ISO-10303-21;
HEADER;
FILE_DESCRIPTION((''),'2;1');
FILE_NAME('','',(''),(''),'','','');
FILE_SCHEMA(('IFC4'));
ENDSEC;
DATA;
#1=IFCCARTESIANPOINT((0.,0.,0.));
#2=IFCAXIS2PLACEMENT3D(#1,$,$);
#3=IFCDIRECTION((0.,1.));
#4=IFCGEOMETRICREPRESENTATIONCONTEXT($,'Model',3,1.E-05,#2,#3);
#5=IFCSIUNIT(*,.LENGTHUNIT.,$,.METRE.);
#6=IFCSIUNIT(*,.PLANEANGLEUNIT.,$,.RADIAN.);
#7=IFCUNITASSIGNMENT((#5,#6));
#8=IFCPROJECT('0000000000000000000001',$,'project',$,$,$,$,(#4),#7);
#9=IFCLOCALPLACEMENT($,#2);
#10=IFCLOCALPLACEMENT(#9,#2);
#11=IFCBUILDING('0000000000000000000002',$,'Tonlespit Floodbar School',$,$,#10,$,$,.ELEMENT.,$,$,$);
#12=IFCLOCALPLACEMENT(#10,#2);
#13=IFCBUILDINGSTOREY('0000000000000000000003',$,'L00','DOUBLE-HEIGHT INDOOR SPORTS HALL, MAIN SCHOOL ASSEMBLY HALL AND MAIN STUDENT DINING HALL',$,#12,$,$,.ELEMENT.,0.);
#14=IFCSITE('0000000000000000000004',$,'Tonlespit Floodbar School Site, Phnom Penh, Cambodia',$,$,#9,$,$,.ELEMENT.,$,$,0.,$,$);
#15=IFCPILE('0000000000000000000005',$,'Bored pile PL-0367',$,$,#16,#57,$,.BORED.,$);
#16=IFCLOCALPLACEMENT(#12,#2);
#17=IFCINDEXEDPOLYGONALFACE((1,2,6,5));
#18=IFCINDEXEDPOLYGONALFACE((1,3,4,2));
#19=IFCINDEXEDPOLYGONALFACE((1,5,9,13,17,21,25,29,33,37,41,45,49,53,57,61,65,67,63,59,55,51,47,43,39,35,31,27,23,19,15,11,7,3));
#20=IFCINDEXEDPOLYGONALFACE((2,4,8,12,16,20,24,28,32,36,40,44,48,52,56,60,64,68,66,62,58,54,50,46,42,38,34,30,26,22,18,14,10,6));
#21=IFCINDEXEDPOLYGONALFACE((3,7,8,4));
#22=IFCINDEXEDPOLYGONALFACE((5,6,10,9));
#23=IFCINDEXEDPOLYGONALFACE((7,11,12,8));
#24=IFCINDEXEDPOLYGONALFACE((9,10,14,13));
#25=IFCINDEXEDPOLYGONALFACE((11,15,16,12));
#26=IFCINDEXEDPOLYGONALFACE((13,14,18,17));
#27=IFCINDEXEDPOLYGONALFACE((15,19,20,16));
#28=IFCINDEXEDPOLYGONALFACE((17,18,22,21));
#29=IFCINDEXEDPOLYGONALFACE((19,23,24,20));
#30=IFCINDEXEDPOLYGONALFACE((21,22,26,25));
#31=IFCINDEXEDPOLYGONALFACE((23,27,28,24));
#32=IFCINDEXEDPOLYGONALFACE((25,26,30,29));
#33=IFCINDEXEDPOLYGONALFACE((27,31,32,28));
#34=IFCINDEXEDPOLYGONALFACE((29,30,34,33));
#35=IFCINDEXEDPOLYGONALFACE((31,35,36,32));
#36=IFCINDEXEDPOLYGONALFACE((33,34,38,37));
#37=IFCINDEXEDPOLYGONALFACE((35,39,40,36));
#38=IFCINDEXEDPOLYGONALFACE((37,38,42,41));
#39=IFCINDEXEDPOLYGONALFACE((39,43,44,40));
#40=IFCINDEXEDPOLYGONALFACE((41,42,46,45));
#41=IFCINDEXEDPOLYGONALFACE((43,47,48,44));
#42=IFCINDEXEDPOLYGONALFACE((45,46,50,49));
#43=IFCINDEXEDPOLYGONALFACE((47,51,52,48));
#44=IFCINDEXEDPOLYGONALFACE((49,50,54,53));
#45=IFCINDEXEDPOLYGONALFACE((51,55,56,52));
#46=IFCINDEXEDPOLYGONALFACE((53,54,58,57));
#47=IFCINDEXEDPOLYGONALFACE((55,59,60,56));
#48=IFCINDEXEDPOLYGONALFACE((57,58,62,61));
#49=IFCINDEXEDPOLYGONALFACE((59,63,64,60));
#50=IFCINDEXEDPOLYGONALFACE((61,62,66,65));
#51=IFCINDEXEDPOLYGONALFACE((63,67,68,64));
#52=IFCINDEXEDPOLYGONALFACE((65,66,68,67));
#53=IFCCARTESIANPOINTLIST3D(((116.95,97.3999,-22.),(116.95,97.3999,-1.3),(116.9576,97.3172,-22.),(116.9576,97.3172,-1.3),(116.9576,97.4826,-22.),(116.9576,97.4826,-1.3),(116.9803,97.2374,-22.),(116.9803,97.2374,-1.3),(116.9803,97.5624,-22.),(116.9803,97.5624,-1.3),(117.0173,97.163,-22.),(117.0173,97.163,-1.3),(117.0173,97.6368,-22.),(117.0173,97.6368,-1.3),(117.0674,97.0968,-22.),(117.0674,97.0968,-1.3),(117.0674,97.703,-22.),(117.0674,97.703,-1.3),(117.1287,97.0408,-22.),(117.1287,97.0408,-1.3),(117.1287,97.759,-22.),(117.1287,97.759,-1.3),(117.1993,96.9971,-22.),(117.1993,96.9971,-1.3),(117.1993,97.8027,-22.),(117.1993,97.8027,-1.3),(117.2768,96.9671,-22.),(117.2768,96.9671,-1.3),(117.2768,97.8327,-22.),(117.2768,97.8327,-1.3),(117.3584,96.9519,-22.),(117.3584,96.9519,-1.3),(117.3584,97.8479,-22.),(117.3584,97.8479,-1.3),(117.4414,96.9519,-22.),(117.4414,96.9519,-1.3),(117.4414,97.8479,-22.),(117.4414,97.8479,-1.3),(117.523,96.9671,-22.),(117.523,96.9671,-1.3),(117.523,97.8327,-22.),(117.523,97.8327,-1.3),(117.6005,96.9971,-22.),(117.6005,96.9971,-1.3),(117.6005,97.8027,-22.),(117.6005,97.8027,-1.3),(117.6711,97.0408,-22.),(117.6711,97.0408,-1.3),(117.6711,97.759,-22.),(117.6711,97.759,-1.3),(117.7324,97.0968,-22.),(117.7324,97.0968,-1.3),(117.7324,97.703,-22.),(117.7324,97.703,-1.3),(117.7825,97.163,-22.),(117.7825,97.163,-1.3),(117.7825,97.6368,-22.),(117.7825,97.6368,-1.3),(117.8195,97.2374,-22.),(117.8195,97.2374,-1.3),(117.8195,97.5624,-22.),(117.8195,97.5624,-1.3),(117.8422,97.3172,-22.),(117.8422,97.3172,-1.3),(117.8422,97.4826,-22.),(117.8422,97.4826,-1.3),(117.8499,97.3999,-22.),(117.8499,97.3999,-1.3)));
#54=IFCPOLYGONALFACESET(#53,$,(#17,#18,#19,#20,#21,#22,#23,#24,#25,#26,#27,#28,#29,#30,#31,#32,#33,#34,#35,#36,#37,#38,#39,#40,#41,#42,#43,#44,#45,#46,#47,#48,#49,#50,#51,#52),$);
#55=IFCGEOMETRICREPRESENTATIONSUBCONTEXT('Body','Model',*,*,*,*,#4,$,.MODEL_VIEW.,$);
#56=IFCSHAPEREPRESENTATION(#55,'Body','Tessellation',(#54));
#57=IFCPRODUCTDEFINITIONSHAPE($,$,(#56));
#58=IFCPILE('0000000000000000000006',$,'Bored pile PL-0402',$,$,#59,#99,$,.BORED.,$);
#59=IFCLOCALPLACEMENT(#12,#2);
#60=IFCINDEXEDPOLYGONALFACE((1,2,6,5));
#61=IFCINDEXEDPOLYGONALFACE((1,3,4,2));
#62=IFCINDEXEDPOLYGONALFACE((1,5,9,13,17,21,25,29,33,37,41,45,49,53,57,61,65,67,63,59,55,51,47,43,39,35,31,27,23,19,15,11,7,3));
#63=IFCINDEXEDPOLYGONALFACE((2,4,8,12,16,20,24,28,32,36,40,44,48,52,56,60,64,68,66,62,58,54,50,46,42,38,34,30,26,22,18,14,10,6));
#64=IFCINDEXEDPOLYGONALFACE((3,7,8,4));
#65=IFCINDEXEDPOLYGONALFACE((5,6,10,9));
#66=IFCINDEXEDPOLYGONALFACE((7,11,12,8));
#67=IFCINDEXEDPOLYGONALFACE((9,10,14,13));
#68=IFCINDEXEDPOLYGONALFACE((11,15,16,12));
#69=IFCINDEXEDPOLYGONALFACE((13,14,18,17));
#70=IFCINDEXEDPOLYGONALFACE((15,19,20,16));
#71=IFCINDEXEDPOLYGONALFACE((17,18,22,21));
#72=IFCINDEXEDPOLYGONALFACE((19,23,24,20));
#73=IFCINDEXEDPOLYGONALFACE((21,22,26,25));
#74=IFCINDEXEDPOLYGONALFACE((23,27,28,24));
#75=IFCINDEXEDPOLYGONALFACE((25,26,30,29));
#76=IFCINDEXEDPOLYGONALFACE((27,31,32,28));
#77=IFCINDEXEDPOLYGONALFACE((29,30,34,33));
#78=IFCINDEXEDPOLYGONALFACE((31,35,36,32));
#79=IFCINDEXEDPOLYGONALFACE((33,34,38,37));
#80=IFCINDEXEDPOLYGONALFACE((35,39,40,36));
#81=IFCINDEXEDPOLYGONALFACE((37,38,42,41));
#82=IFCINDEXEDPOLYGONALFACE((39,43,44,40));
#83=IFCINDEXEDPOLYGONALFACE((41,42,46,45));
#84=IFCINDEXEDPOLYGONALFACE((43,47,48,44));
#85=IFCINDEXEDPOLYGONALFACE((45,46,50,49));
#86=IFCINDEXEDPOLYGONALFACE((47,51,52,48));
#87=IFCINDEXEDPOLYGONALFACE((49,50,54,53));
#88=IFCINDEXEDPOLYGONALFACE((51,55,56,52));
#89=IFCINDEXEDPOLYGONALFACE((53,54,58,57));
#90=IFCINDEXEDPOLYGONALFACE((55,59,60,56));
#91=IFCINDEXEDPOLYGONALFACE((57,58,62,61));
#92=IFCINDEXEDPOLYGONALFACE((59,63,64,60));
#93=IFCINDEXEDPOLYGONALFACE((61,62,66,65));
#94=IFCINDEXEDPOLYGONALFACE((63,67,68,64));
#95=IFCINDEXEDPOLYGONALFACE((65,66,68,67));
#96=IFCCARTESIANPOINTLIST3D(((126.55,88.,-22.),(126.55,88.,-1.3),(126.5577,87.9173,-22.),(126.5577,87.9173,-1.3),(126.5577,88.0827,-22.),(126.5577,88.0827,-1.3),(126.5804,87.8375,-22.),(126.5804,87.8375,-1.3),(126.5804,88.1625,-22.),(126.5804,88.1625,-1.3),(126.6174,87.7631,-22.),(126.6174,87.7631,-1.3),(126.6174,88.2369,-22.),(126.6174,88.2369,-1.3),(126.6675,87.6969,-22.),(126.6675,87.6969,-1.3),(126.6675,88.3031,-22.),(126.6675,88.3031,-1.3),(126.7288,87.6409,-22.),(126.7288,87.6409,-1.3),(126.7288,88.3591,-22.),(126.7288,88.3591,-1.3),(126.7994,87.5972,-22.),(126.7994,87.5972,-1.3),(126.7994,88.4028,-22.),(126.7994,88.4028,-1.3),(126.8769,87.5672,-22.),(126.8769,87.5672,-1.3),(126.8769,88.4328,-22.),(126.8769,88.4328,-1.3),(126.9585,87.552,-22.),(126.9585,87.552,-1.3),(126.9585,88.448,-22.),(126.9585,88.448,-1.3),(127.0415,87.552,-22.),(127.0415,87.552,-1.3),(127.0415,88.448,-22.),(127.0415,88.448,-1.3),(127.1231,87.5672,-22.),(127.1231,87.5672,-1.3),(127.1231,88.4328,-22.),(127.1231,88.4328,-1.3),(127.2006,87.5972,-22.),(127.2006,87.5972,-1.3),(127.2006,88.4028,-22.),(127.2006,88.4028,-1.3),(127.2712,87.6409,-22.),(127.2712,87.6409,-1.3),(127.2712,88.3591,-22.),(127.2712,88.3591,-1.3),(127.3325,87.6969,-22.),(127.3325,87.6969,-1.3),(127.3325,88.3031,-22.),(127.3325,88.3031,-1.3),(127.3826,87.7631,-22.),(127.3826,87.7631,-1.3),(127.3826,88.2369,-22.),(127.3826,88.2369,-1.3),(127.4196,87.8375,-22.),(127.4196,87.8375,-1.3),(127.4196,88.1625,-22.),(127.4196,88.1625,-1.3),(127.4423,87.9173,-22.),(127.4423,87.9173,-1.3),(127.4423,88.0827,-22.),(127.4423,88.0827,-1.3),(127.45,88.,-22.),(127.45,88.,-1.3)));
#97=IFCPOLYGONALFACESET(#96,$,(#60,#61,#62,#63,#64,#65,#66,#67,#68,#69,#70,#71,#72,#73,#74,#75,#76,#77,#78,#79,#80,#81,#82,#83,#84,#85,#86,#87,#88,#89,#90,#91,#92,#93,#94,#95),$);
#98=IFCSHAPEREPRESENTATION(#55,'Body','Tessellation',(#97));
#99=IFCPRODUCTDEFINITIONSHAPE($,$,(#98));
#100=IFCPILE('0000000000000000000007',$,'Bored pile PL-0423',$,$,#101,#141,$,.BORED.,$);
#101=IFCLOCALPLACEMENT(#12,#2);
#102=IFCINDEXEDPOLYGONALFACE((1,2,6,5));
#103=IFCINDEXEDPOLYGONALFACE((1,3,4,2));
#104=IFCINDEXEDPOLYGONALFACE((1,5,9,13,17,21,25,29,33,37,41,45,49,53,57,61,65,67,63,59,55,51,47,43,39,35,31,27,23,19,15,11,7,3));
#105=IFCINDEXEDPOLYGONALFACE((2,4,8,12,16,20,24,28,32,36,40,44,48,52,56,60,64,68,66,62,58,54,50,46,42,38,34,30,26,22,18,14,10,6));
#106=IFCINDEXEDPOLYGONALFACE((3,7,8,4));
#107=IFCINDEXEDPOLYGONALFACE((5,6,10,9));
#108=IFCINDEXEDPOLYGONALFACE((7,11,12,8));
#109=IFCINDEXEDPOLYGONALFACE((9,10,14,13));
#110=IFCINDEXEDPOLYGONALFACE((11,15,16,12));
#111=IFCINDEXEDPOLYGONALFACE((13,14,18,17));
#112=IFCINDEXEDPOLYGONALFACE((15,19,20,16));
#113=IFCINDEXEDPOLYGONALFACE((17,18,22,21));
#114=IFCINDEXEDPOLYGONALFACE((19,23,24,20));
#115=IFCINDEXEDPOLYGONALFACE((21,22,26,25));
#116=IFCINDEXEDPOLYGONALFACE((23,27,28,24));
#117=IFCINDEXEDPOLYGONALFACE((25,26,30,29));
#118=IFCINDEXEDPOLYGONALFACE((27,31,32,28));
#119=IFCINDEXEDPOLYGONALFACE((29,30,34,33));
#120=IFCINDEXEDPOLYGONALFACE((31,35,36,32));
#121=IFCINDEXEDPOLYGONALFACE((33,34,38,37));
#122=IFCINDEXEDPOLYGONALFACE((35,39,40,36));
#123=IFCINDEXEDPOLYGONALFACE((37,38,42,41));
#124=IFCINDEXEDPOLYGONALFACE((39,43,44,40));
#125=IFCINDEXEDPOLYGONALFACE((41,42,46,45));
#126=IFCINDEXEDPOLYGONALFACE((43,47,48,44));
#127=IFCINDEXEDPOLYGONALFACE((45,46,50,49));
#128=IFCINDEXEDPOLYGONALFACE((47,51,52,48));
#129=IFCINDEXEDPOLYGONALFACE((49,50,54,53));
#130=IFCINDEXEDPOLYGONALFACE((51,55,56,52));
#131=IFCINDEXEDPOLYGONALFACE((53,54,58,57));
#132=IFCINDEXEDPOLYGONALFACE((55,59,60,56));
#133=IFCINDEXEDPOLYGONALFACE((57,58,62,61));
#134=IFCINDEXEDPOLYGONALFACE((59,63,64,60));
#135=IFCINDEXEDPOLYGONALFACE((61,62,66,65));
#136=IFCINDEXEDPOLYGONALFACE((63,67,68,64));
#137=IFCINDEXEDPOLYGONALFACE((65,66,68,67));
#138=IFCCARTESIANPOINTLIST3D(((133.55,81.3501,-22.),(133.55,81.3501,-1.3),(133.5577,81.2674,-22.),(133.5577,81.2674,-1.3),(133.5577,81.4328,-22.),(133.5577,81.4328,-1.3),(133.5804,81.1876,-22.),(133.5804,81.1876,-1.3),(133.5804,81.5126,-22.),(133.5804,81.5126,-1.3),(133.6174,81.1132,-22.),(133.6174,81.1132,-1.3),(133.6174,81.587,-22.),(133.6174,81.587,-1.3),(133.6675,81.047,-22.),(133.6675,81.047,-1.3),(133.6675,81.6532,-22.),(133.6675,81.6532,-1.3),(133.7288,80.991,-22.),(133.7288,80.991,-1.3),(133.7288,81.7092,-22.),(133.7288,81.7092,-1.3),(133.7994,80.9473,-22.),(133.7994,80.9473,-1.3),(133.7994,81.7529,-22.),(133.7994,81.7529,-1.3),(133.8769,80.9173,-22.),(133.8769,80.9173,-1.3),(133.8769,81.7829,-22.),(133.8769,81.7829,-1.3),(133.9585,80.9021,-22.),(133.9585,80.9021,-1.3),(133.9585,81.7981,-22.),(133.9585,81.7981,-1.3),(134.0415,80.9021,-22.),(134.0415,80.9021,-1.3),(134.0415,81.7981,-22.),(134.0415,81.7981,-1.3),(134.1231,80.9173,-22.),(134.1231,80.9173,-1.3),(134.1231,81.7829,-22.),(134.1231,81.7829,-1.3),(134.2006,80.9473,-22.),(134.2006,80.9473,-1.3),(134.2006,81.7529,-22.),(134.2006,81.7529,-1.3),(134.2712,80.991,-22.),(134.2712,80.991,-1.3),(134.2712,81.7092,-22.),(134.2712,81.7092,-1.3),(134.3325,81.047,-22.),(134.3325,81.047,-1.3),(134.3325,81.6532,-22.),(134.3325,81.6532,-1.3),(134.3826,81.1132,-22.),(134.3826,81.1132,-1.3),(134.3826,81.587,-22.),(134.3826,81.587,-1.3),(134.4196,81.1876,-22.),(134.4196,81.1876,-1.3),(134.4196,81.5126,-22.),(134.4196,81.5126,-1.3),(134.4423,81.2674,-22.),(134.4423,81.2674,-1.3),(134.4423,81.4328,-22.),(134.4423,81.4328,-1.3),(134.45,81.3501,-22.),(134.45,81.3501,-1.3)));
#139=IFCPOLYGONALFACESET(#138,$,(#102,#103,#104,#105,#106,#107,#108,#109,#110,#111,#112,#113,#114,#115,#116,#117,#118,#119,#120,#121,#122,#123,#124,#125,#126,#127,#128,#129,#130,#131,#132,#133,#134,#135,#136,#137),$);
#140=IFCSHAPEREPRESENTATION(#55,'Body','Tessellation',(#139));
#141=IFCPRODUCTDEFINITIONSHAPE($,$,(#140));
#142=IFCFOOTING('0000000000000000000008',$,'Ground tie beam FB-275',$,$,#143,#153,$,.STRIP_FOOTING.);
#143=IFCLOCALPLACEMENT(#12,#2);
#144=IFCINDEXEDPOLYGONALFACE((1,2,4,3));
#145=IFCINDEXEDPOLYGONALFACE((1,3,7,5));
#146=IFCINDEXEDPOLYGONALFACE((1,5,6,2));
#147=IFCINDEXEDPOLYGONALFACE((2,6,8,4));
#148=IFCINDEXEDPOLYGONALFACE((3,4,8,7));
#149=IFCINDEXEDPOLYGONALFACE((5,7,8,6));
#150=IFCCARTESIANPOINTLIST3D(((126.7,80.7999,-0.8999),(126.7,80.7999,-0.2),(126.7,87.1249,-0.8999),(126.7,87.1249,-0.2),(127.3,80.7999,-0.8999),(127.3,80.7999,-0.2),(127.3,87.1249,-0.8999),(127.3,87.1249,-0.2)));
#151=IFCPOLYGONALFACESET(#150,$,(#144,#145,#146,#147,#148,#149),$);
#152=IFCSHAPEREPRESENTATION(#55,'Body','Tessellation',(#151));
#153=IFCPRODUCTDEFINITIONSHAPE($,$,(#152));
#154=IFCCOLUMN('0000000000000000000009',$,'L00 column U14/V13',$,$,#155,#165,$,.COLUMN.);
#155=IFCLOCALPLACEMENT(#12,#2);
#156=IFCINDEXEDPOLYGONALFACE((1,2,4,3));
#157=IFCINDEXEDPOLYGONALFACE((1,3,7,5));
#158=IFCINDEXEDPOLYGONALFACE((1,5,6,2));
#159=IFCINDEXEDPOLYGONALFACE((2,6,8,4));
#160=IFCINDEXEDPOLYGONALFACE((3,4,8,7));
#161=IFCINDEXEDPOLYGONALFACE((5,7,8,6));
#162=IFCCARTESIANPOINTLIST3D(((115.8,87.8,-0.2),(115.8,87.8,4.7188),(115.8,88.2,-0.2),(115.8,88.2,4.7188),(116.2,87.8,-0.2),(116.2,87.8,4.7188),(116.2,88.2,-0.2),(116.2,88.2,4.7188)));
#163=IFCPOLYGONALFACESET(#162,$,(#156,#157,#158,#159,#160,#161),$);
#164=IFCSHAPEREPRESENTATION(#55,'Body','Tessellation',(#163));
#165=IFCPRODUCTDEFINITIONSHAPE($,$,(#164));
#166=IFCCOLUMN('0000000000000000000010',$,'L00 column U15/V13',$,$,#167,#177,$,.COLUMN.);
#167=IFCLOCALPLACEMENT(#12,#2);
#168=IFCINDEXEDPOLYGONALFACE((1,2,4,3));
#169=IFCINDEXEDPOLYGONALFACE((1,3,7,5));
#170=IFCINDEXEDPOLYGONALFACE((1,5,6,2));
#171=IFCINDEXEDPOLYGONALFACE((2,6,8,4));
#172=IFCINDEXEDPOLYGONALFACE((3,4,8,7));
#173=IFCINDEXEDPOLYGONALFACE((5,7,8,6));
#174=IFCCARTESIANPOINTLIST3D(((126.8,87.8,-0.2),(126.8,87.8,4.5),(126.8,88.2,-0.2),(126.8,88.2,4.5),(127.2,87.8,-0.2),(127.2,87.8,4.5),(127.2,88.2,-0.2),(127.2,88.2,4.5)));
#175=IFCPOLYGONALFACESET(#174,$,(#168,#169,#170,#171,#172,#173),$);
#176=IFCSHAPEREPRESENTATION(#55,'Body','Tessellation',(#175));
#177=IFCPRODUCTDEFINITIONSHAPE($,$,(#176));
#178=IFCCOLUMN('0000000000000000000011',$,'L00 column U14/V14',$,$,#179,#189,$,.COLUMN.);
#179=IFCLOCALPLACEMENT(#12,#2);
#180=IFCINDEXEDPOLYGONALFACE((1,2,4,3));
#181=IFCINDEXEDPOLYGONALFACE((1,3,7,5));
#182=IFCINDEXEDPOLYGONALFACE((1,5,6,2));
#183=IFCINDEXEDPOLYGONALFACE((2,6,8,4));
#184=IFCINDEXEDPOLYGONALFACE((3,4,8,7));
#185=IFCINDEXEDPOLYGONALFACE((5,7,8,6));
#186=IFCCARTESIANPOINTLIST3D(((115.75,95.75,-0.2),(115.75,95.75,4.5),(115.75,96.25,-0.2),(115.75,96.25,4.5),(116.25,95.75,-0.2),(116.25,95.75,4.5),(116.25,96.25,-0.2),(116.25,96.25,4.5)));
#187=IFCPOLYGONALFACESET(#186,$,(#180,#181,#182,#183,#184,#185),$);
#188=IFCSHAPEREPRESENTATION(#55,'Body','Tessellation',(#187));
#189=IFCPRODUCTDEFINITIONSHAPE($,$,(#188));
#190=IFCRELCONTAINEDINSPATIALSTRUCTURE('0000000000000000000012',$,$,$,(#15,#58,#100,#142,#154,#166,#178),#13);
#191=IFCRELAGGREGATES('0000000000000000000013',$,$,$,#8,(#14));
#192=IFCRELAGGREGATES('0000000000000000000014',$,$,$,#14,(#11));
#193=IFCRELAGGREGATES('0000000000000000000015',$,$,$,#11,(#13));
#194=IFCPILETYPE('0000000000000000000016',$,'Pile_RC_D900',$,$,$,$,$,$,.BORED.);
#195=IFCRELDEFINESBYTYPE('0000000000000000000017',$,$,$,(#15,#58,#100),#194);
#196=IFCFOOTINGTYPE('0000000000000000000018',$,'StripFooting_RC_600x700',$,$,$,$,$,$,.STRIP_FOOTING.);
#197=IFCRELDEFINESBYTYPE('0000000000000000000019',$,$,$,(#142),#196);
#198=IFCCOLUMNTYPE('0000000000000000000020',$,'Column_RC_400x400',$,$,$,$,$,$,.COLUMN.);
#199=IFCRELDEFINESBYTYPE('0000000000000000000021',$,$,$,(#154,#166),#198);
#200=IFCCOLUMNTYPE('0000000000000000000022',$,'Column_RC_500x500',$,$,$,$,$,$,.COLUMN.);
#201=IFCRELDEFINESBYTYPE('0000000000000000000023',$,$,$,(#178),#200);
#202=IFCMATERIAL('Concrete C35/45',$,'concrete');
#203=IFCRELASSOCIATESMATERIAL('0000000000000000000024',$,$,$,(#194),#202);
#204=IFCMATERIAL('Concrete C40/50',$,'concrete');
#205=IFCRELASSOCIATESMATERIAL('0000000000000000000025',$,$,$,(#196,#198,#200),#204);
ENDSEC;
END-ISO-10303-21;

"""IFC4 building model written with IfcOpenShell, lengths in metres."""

from ifc_helpers import new_model, si_unit, direction, frame, origin, origin_2d, place, context, subcontext, project, spatial, rectangle, circle, extrude, material, material_profile, profile_set, type_object, element, save


model = new_model("IFC4")

# Units and contexts
model_context = context("Model", 3, precision=1e-05, world=origin(), true_north=direction((0.0, 1.0)))
body_context = subcontext(model_context, "Body", "Model", "MODEL_VIEW")
ifc_project = project(units=[si_unit("LENGTHUNIT", "METRE"), si_unit("PLANEANGLEUNIT", "RADIAN")], contexts=[model_context])

# Site, building, storey
site_placement = place(None, origin())
site = spatial("IfcSite", under=ifc_project, at=site_placement, Name="Tonlespit Floodbar School Site, Phnom Penh, Cambodia", CompositionType="ELEMENT", RefElevation=0.0)
building_placement = place(site_placement, origin())
building = spatial("IfcBuilding", under=site, at=building_placement, Name="Tonlespit Floodbar School", CompositionType="ELEMENT")
storey_placement = place(building_placement, origin())
storey = spatial("IfcBuildingStorey", under=building, at=storey_placement, Name="L00", Description="DOUBLE-HEIGHT INDOOR SPORTS HALL, MAIN SCHOOL ASSEMBLY HALL AND MAIN STUDENT DINING HALL", CompositionType="ELEMENT", Elevation=0.0)

# Shared definitions
ifc_material_1 = material(Name="Concrete C40/50", Category="concrete")

# Piles
ifc_material_2 = material(Name="Concrete C35/45", Category="concrete")
ifc_material_profile_1 = material_profile(ifc_material_2, circle(Radius=0.45, at=origin_2d()), Name="BP D900")
ifc_profile_set_1 = profile_set([ifc_material_profile_1], Name="Concrete C35/45")
pile_type_1 = type_object("IfcPileType", Name="Pile_RC_D900", PredefinedType="BORED", material=ifc_profile_set_1)
for number, where, z_axis, x_axis, name in (
    (1, (117.3999, 97.3999, -1.3), (0.0, 0.0, -1.0), (1.0, 0.0, 0.0), "Bored pile PL-0367"),
    (2, (127.0, 88.0, -1.3), (0.0, 0.0, -1.0), (1.0, 0.0, 0.0), "Bored pile PL-0402"),
    (3, (134.0, 81.3501, -1.3), (0.0, 0.0, -1.0), (1.0, 0.0, 0.0), "Bored pile PL-0423"),
):
    element("IfcPile", number, at=place(storey_placement, frame(where, z_axis=z_axis, x_axis=x_axis)), inside=storey, type_object=pile_type_1, Name=name, PredefinedType="BORED", context=body_context, shape_type="SweptSolid", body=[
        extrude(circle(Radius=0.45, at=origin_2d()), origin(), (0.0, 0.0, 1.0), 20.7),
    ])

# Footing
footing_type_1 = type_object("IfcFootingType", Name="StripFooting_RC_600x700", PredefinedType="STRIP_FOOTING", material=ifc_material_1)
footing_1_placement = place(storey_placement, frame((127.0, 83.9624, -0.8999), z_axis=(0.0, 0.0, 1.0), x_axis=(0.0, 1.0, 0.0)))
element("IfcFooting", 4, at=footing_1_placement, inside=storey, type_object=footing_type_1, Name="Ground tie beam FB-275", PredefinedType="STRIP_FOOTING", context=body_context, shape_type="SweptSolid", body=[
    extrude(rectangle(XDim=6.325, YDim=0.6001, at=origin_2d()), origin(), (0.0, 0.0, 1.0), 0.7),
])

# Columns
ifc_material_profile_2 = material_profile(ifc_material_1, rectangle(XDim=0.3999, YDim=0.3999, at=origin_2d()), Name="RC 400x400")
ifc_profile_set_2 = profile_set([ifc_material_profile_2], Name="Concrete C40/50")
column_type_1 = type_object("IfcColumnType", Name="Column_RC_400x400", PredefinedType="COLUMN", material=ifc_profile_set_2)
column_1_placement = place(storey_placement, frame((116.0, 88.0, -0.2), z_axis=(0.0, 0.0, 1.0), x_axis=(1.0, 0.0, 0.0)))
element("IfcColumn", 5, at=column_1_placement, inside=storey, type_object=column_type_1, Name="L00 column U14/V13", PredefinedType="COLUMN", context=body_context, shape_type="SweptSolid", body=[
    extrude(rectangle(XDim=0.3999, YDim=0.3999, at=origin_2d()), origin(), (0.0, 0.0, 1.0), 4.9187),
])
column_2_placement = place(storey_placement, frame((127.0, 88.0, -0.2), z_axis=(0.0, 0.0, 1.0), x_axis=(1.0, 0.0, 0.0)))
element("IfcColumn", 6, at=column_2_placement, inside=storey, type_object=column_type_1, Name="L00 column U15/V13", PredefinedType="COLUMN", context=body_context, shape_type="SweptSolid", body=[
    extrude(rectangle(XDim=0.3999, YDim=0.3999, at=origin_2d()), origin(), (0.0, 0.0, 1.0), 4.7),
])
ifc_material_profile_3 = material_profile(ifc_material_1, rectangle(XDim=0.5, YDim=0.5, at=origin_2d()), Name="RC 500x500")
ifc_profile_set_3 = profile_set([ifc_material_profile_3], Name="Concrete C40/50")
column_type_2 = type_object("IfcColumnType", Name="Column_RC_500x500", PredefinedType="COLUMN", material=ifc_profile_set_3)
column_3_placement = place(storey_placement, frame((116.0, 96.0, -0.2), z_axis=(0.0, 0.0, 1.0), x_axis=(1.0, 0.0, 0.0)))
element("IfcColumn", 7, at=column_3_placement, inside=storey, type_object=column_type_2, Name="L00 column U14/V14", PredefinedType="COLUMN", context=body_context, shape_type="SweptSolid", body=[
    extrude(rectangle(XDim=0.5, YDim=0.5, at=origin_2d()), origin(), (0.0, 0.0, 1.0), 4.7),
])

save(model, "model.ifc")
